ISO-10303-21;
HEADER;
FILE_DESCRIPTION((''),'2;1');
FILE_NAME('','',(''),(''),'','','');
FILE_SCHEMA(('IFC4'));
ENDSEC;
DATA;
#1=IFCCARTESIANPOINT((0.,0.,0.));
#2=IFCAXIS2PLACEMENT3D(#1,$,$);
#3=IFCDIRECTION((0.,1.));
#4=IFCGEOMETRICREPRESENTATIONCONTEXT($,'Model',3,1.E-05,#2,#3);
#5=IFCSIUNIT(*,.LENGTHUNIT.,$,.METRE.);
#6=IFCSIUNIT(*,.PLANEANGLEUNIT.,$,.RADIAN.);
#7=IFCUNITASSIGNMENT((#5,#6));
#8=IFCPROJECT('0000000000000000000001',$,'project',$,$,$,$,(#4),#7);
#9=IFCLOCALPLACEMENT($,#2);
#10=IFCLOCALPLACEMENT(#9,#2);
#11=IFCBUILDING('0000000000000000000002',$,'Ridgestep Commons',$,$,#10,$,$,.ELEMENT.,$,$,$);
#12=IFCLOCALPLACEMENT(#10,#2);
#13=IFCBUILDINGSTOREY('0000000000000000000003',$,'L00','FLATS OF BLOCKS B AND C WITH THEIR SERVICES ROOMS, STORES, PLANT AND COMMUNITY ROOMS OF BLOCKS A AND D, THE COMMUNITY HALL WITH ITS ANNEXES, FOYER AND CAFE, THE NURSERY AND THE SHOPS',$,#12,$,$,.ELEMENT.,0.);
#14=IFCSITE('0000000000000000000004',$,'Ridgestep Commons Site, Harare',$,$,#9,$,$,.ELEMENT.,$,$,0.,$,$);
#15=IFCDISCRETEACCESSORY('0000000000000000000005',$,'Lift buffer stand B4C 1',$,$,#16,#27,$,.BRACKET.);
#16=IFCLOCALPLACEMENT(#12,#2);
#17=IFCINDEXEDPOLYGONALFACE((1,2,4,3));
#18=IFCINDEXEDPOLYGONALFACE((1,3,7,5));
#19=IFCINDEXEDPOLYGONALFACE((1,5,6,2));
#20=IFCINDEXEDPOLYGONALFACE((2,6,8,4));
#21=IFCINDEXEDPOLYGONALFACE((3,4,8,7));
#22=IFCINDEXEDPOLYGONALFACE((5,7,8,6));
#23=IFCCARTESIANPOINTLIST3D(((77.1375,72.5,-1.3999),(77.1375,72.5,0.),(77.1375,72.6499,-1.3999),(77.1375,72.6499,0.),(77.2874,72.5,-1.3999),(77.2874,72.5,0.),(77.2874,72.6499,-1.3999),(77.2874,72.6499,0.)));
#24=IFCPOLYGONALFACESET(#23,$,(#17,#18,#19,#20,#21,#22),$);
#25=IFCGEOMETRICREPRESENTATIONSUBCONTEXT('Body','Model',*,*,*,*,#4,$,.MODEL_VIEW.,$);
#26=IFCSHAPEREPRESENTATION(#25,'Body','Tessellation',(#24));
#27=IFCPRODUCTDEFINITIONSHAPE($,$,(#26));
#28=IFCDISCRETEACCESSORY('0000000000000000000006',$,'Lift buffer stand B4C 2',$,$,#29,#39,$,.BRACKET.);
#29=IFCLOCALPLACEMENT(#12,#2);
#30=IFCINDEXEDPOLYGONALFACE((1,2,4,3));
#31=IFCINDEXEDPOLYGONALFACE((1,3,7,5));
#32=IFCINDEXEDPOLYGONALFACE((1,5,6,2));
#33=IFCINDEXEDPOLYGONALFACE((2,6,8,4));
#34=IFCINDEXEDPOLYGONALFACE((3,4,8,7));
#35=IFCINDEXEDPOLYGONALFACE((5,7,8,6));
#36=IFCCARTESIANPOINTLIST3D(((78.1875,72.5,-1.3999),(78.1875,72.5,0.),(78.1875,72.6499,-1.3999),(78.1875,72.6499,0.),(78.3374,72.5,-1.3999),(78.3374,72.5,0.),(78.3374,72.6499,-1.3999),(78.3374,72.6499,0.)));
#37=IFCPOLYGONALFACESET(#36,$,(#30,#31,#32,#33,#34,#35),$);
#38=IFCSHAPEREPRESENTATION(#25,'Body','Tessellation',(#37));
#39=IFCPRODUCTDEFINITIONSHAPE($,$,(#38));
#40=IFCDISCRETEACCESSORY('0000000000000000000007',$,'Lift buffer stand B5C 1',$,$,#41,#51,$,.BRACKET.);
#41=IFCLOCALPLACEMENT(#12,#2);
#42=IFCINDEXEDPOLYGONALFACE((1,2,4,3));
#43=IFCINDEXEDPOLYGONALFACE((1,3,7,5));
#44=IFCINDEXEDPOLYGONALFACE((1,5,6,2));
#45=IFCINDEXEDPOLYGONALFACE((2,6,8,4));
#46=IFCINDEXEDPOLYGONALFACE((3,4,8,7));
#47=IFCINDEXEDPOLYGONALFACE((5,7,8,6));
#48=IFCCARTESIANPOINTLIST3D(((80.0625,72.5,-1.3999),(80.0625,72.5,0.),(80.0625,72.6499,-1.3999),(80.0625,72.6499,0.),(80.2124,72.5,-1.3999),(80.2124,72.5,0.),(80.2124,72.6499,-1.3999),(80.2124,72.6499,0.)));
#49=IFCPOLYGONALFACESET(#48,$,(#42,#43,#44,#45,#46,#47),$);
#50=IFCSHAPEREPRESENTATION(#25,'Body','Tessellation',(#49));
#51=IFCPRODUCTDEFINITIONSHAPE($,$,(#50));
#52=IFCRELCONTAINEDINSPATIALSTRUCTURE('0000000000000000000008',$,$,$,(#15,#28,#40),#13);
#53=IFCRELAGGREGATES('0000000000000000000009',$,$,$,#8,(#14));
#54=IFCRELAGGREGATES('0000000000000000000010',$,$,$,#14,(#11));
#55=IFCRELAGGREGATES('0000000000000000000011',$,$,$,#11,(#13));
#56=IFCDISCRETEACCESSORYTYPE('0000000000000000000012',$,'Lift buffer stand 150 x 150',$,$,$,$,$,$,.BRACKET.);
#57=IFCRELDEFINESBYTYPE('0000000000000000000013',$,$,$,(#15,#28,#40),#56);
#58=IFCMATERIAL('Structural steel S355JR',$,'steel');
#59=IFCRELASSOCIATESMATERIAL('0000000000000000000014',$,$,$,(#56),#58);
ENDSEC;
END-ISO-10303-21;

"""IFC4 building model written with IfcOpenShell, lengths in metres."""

from ifc_helpers import new_model, si_unit, direction, frame, origin, origin_2d, place, context, subcontext, project, spatial, rectangle, extrude, material, type_object, element, save


model = new_model("IFC4")

# Units and contexts
model_context = context("Model", 3, precision=1e-05, world=origin(), true_north=direction((0.0, 1.0)))
body_context = subcontext(model_context, "Body", "Model", "MODEL_VIEW")
ifc_project = project(units=[si_unit("LENGTHUNIT", "METRE"), si_unit("PLANEANGLEUNIT", "RADIAN")], contexts=[model_context])

# Site, building, storey
site_placement = place(None, origin())
site = spatial("IfcSite", under=ifc_project, at=site_placement, Name="Ridgestep Commons Site, Harare", CompositionType="ELEMENT", RefElevation=0.0)
building_placement = place(site_placement, origin())
building = spatial("IfcBuilding", under=site, at=building_placement, Name="Ridgestep Commons", CompositionType="ELEMENT")
storey_placement = place(building_placement, origin())
storey = spatial("IfcBuildingStorey", under=building, at=storey_placement, Name="L00", Description="FLATS OF BLOCKS B AND C WITH THEIR SERVICES ROOMS, STORES, PLANT AND COMMUNITY ROOMS OF BLOCKS A AND D, THE COMMUNITY HALL WITH ITS ANNEXES, FOYER AND CAFE, THE NURSERY AND THE SHOPS", CompositionType="ELEMENT", Elevation=0.0)

# Discrete accessories
ifc_material_1 = material(Name="Structural steel S355JR", Category="steel")
discrete_accessory_type = type_object("IfcDiscreteAccessoryType", Name="Lift buffer stand 150 x 150", PredefinedType="BRACKET", material=ifc_material_1)
for number, where, z_axis, x_axis, name in (
    (1, (77.2124, 72.575, -1.3999), (0.0, 0.0, 1.0), (1.0, 0.0, 0.0), "Lift buffer stand B4C 1"),
    (2, (78.2625, 72.575, -1.3999), (0.0, 0.0, 1.0), (1.0, 0.0, 0.0), "Lift buffer stand B4C 2"),
    (3, (80.1375, 72.575, -1.3999), (0.0, 0.0, 1.0), (1.0, 0.0, 0.0), "Lift buffer stand B5C 1"),
):
    element("IfcDiscreteAccessory", number, at=place(storey_placement, frame(where, z_axis=z_axis, x_axis=x_axis)), inside=storey, type_object=discrete_accessory_type, Name=name, PredefinedType="BRACKET", context=body_context, shape_type="SweptSolid", body=[
        extrude(rectangle(XDim=0.1499, YDim=0.1499, at=origin_2d()), origin(), (0.0, 0.0, 1.0), 1.3999),
    ])

save(model, "model.ifc")
